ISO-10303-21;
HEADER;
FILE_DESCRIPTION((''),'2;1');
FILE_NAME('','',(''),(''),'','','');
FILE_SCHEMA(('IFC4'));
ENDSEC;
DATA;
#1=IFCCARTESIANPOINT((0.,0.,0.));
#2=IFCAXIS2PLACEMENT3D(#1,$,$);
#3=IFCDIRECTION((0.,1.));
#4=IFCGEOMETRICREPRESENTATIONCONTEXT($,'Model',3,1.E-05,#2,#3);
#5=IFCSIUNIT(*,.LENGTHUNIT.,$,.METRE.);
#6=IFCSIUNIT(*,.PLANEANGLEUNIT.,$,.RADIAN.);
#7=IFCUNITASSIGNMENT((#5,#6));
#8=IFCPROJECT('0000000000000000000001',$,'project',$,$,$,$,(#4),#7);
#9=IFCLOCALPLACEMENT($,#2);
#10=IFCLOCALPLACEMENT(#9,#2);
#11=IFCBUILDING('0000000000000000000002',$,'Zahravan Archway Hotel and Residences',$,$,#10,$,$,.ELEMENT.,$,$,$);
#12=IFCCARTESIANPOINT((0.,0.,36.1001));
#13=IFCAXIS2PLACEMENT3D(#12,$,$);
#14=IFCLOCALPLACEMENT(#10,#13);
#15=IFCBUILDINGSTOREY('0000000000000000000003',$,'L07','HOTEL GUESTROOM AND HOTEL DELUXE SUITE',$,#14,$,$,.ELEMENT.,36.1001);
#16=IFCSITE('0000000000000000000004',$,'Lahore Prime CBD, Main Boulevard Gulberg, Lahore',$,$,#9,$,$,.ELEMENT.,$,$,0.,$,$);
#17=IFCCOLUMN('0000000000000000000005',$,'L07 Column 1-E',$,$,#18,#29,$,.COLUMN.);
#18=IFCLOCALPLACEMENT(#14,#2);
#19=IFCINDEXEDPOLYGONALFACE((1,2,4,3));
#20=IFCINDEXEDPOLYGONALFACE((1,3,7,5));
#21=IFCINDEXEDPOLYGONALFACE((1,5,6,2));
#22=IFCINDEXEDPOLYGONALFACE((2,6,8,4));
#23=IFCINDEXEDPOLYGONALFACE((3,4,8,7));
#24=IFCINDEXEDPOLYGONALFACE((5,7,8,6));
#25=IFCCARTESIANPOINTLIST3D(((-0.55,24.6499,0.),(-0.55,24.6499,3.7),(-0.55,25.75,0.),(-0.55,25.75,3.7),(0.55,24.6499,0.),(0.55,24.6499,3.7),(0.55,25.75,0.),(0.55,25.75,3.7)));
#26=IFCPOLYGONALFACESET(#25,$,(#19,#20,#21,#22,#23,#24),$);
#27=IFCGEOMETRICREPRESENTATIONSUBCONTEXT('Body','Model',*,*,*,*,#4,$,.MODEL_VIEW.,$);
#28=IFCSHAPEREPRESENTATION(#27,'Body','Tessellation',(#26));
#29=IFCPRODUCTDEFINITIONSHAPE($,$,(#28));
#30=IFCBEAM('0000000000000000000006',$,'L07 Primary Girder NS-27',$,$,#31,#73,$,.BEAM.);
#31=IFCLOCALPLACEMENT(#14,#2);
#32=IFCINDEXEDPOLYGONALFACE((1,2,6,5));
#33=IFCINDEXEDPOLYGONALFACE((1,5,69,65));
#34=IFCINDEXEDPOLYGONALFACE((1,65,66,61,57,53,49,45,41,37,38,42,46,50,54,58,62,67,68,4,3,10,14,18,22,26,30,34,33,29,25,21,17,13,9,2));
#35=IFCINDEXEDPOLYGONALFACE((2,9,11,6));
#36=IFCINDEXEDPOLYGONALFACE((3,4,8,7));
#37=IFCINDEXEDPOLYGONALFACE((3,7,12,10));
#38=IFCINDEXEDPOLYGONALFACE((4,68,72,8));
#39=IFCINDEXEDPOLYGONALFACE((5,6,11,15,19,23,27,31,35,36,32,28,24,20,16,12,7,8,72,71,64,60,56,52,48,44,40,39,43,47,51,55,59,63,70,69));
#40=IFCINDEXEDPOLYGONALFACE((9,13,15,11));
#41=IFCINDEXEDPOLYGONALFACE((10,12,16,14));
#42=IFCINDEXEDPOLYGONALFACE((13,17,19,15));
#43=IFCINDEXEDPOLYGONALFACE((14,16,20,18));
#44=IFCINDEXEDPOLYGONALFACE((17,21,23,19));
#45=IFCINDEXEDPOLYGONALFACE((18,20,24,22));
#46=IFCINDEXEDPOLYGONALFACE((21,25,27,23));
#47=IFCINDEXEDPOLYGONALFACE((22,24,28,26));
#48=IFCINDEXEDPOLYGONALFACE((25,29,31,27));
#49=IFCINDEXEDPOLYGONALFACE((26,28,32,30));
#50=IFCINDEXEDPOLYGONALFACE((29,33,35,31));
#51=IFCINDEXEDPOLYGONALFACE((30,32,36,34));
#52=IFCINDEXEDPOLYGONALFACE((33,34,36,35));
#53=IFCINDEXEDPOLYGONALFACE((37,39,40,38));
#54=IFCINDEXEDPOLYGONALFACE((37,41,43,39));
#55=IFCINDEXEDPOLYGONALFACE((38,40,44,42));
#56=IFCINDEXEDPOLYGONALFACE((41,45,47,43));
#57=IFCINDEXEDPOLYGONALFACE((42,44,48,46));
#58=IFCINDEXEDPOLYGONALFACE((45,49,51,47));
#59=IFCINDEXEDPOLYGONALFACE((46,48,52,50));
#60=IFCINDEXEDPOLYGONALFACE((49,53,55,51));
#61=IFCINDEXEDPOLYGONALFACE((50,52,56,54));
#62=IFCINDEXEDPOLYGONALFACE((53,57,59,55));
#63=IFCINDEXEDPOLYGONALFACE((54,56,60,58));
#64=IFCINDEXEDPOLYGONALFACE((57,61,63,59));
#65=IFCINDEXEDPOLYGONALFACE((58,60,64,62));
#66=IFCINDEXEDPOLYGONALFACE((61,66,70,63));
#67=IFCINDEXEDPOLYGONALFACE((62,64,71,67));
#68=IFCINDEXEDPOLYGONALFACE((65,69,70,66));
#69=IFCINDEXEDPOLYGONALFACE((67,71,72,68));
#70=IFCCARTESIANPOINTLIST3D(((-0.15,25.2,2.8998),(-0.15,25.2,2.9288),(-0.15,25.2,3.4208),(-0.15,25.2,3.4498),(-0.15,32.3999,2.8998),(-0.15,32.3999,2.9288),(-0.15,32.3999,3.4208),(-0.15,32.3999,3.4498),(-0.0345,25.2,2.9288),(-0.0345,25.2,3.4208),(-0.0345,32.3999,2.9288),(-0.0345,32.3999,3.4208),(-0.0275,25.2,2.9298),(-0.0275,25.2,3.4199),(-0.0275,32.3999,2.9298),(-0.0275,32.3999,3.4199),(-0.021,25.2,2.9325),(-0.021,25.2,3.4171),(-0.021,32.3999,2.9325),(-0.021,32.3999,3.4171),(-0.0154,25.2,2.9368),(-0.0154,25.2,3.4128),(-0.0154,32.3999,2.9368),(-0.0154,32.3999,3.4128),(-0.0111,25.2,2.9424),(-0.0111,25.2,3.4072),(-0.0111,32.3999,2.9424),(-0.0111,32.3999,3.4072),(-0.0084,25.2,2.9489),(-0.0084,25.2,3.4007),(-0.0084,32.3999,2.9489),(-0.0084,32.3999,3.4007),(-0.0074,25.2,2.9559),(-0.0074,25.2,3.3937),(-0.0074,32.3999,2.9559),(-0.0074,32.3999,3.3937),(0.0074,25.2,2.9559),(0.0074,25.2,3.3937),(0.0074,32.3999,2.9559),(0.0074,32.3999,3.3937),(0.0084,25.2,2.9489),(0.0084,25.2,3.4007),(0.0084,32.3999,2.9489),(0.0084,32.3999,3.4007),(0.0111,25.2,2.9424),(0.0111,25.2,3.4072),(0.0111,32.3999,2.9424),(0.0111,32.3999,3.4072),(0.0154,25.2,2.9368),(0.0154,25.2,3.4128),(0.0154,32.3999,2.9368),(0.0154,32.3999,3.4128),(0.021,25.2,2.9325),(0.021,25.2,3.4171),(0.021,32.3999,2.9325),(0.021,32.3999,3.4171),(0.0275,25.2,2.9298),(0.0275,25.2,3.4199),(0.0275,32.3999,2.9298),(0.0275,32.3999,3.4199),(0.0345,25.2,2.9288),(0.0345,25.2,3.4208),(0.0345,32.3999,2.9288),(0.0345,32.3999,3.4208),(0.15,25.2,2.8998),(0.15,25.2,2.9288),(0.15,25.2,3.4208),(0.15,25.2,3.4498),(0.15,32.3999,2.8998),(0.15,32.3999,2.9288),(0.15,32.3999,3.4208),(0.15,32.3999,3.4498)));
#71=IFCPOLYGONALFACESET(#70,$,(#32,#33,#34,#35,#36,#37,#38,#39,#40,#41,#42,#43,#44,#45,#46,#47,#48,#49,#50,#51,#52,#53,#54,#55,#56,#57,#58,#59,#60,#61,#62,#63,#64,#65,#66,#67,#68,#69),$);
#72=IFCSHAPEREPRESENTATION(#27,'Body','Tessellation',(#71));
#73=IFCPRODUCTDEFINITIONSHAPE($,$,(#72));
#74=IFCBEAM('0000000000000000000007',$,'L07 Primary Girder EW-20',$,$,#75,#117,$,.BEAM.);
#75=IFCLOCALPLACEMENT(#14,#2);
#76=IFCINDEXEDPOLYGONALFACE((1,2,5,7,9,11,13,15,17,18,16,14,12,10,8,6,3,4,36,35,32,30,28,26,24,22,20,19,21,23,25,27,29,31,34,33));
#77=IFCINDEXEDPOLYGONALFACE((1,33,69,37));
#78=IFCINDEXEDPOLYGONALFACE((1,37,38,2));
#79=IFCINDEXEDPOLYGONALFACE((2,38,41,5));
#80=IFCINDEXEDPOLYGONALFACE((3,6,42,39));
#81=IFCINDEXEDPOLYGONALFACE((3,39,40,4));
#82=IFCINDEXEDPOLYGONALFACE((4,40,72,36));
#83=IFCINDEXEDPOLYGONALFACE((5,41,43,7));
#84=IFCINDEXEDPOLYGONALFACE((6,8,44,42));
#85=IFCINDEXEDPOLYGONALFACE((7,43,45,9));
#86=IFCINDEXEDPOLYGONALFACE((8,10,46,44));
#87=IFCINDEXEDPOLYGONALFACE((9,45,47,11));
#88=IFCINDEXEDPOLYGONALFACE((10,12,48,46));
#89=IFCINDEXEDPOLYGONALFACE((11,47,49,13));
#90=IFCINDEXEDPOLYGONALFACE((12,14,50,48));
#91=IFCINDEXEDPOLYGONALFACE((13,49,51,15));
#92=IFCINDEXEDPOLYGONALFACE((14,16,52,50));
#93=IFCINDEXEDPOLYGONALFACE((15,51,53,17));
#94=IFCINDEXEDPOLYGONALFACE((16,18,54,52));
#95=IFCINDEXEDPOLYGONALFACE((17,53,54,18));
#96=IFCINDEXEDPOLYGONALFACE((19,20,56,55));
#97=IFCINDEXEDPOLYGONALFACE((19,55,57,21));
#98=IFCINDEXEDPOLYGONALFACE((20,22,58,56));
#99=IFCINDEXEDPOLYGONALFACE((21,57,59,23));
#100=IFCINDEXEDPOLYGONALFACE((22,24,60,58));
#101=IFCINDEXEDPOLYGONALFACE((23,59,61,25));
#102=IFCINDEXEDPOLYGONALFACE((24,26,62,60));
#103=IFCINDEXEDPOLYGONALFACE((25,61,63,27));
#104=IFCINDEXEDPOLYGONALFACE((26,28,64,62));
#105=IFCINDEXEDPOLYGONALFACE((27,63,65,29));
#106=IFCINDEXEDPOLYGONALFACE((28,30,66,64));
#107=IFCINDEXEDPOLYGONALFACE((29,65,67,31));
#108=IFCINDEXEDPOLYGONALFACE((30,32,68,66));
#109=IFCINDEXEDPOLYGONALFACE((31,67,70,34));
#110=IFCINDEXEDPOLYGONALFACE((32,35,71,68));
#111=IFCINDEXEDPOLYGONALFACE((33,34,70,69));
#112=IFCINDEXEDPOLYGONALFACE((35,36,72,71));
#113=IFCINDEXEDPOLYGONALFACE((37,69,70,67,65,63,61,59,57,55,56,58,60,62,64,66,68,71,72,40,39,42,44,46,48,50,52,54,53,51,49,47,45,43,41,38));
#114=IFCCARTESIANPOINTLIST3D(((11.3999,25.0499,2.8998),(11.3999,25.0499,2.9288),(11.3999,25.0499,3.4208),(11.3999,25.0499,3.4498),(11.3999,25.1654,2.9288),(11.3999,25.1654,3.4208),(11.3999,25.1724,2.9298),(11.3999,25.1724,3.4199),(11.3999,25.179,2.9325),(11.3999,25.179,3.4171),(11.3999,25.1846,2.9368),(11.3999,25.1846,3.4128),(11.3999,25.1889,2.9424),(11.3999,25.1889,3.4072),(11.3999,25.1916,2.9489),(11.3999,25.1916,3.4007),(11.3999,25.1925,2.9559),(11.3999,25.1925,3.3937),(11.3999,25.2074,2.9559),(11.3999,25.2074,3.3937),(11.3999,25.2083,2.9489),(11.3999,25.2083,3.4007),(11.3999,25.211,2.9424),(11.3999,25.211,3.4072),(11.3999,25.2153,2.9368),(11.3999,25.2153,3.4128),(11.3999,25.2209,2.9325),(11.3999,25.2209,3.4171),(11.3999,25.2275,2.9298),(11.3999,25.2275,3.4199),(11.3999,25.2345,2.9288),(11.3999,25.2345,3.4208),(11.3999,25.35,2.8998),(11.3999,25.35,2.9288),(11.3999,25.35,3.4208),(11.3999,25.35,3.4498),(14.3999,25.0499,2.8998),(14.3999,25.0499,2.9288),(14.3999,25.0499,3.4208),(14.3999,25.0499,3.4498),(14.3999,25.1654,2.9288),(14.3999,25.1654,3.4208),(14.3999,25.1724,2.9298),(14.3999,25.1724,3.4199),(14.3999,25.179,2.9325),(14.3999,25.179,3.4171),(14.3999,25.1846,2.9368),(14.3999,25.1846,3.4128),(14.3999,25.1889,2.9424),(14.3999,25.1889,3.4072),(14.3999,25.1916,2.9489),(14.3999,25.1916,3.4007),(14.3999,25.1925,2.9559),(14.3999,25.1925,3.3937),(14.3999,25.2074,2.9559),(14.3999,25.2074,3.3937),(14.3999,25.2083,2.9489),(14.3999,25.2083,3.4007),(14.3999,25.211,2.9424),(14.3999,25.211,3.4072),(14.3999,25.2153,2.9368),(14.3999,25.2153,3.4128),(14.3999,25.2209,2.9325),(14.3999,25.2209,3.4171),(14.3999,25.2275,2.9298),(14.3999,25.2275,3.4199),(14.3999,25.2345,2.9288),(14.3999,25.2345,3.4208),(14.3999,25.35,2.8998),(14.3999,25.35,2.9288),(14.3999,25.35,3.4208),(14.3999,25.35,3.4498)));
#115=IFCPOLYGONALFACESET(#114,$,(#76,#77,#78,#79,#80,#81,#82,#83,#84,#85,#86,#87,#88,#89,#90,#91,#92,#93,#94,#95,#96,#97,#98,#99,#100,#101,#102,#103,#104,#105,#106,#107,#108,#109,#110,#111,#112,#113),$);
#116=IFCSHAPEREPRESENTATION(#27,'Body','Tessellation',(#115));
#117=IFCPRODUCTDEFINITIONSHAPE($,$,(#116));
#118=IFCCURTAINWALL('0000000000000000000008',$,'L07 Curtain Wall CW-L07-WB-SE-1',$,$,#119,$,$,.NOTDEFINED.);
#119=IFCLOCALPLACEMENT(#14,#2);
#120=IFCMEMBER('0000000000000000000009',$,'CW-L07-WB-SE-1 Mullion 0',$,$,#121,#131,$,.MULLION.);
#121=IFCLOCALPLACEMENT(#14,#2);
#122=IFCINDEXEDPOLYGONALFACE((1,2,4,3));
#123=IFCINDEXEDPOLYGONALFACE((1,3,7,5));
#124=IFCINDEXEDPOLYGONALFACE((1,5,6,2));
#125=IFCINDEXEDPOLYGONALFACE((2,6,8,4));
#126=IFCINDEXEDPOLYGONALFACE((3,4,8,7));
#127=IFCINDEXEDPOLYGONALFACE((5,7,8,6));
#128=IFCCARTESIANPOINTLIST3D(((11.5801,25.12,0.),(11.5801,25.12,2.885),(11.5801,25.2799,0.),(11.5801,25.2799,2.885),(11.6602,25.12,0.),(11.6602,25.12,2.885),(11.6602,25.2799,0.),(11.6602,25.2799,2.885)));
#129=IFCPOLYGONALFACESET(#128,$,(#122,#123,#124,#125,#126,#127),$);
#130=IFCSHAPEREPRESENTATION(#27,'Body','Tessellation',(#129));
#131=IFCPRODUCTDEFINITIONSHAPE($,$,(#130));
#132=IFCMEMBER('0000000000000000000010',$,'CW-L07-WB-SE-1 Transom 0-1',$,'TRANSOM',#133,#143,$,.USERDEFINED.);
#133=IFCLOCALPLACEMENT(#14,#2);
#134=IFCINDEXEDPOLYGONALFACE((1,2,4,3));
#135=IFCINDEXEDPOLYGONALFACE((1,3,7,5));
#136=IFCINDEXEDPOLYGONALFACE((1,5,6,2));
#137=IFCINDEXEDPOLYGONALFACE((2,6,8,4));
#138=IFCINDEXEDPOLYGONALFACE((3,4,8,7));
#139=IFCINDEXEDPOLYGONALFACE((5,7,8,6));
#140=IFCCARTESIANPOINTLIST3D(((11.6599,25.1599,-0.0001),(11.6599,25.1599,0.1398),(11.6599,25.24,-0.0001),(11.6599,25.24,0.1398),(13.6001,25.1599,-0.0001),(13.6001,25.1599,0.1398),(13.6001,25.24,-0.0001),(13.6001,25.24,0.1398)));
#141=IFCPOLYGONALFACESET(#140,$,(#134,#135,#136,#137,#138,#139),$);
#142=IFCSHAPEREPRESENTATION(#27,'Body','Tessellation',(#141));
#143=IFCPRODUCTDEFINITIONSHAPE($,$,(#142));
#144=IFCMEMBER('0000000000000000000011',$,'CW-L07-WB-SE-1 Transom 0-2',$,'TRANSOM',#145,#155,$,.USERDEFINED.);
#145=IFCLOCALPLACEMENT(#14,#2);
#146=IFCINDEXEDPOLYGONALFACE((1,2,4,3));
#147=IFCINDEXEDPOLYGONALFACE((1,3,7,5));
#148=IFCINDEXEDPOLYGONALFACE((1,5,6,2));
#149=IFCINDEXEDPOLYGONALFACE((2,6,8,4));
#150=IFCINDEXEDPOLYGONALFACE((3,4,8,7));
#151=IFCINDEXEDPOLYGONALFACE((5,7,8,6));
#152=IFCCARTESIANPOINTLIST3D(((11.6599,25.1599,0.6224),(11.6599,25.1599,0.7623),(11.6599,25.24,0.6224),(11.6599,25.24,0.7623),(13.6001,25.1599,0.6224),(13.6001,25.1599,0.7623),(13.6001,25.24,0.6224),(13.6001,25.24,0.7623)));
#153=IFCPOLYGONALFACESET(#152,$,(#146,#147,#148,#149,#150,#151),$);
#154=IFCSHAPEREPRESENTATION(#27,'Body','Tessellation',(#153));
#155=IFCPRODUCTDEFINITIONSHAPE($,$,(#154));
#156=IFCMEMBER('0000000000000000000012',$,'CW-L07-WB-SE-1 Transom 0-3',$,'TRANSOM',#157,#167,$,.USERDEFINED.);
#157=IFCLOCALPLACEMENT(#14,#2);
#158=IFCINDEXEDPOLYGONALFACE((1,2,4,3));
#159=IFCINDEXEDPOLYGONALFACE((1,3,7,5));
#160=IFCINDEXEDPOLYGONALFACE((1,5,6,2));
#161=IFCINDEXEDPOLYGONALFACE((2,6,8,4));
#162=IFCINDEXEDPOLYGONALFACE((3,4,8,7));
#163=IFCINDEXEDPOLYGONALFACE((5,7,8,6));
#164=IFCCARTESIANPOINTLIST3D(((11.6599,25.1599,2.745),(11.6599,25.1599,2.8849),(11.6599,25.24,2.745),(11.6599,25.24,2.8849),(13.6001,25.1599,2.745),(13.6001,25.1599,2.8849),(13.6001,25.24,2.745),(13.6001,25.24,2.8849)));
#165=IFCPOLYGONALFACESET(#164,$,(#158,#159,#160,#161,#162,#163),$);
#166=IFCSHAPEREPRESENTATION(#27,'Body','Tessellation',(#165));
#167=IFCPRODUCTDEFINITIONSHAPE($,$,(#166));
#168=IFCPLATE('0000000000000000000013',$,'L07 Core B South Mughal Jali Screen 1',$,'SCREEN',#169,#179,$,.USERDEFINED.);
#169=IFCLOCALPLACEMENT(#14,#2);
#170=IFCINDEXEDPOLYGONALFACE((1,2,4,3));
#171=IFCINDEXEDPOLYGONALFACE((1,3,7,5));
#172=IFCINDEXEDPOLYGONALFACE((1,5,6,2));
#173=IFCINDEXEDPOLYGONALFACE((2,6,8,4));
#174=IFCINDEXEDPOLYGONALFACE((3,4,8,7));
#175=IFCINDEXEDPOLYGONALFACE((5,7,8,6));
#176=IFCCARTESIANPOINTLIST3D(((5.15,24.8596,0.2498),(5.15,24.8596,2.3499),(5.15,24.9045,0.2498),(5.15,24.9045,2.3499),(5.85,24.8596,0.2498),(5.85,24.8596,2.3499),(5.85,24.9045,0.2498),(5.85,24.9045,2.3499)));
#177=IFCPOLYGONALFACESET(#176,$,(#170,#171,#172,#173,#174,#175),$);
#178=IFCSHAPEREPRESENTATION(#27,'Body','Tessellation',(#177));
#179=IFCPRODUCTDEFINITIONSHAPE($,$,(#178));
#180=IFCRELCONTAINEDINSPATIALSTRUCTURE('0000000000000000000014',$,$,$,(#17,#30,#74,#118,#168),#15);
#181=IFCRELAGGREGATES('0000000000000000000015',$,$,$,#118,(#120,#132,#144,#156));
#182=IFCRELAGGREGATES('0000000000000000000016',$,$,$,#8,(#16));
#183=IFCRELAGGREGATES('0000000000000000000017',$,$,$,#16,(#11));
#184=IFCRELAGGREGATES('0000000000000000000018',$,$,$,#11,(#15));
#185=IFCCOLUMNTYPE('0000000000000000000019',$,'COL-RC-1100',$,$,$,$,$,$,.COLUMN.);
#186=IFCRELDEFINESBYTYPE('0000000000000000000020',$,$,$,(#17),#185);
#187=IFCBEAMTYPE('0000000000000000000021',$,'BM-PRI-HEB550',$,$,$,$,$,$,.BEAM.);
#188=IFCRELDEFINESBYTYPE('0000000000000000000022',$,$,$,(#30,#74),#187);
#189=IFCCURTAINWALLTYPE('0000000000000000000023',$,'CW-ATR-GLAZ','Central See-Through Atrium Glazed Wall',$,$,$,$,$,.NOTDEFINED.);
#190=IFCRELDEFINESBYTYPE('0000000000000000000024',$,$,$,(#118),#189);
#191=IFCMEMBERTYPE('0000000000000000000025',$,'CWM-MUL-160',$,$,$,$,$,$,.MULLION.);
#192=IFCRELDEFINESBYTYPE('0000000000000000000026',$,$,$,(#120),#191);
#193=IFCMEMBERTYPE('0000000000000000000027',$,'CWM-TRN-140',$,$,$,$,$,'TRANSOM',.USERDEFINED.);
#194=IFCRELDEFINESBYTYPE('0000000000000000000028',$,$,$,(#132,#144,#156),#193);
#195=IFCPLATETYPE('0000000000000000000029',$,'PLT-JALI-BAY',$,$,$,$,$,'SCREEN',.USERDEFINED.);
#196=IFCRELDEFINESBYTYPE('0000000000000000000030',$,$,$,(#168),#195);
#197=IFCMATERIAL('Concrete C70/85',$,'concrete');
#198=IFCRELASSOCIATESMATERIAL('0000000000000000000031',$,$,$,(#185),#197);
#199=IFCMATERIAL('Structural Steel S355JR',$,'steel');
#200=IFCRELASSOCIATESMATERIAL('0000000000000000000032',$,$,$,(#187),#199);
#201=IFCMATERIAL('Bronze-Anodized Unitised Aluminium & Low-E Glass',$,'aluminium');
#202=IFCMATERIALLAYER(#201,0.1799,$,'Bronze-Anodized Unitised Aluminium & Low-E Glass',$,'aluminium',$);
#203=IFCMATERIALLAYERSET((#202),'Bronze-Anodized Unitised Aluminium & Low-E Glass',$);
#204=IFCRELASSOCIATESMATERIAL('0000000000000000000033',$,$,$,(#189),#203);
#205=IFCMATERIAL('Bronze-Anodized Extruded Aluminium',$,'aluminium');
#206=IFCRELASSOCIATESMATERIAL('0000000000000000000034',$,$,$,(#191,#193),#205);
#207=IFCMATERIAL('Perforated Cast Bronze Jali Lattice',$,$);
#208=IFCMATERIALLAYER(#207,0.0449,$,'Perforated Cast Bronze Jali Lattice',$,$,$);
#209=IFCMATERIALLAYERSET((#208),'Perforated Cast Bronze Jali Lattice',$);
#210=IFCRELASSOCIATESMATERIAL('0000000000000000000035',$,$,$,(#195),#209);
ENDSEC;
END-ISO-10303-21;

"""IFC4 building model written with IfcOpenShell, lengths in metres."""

from ifc_helpers import new_model, si_unit, direction, frame, origin, origin_2d, place, context, subcontext, project, spatial, rectangle, i_section, extrude, source, transform, mapped, material, layer, layer_set, material_profile, profile_set, type_object, type_shapes, element, aggregate, save


model = new_model("IFC4")

# Units and contexts
model_context = context("Model", 3, precision=1e-05, world=origin(), true_north=direction((0.0, 1.0)))
body_context = subcontext(model_context, "Body", "Model", "MODEL_VIEW")
ifc_project = project(units=[si_unit("LENGTHUNIT", "METRE"), si_unit("PLANEANGLEUNIT", "RADIAN")], contexts=[model_context])

# Site, building, storey
site_placement = place(None, origin())
site = spatial("IfcSite", under=ifc_project, at=site_placement, Name="Lahore Prime CBD, Main Boulevard Gulberg, Lahore", CompositionType="ELEMENT", RefElevation=0.0)
building_placement = place(site_placement, origin())
building = spatial("IfcBuilding", under=site, at=building_placement, Name="Zahravan Archway Hotel and Residences", CompositionType="ELEMENT")
storey_placement = place(building_placement, frame((0.0, 0.0, 36.1001)))
storey = spatial("IfcBuildingStorey", under=building, at=storey_placement, Name="L07", Description="HOTEL GUESTROOM AND HOTEL DELUXE SUITE", CompositionType="ELEMENT", Elevation=36.1001)

# Column
ifc_material_1 = material(Name="Concrete C70/85", Category="concrete")
ifc_material_profile_1 = material_profile(ifc_material_1, rectangle(XDim=1.1001, YDim=1.1001, at=origin_2d()), Name="RC 1100x1100", Category="concrete")
ifc_profile_set_1 = profile_set([ifc_material_profile_1], Name="Concrete C70/85")
column_type = type_object("IfcColumnType", Name="COL-RC-1100", PredefinedType="COLUMN", material=ifc_profile_set_1)
shared_shape_1 = source(origin(), body_context, "Body", "SweptSolid", [
    extrude(rectangle(XDim=1.1001, YDim=1.1001, at=origin_2d()), origin(), (0.0, 0.0, 1.0), 3.7),
])
column_placement = place(storey_placement, frame((0.0, 25.2, 0.0), z_axis=(0.0, 0.0, 1.0), x_axis=(1.0, 0.0, 0.0)))
element("IfcColumn", 1, at=column_placement, inside=storey, type_object=column_type, Name="L07 Column 1-E", PredefinedType="COLUMN", context=body_context, shape_type="MappedRepresentation", body=[
    mapped(shared_shape_1, transform((0.0, 0.0, 0.0), scale=1.0)),
])

# Beams
ifc_material_2 = material(Name="Structural Steel S355JR", Category="steel")
ifc_material_profile_2 = material_profile(ifc_material_2, i_section(OverallWidth=0.3, OverallDepth=0.55, WebThickness=0.0149, FlangeThickness=0.0291, FilletRadius=0.0271, at=origin_2d()), Name="HEB 550", Category="steel")
ifc_profile_set_2 = profile_set([ifc_material_profile_2], Name="Structural Steel S355JR")
beam_type = type_object("IfcBeamType", Name="BM-PRI-HEB550", PredefinedType="BEAM", material=ifc_profile_set_2)
shared_shape_2 = source(origin(), body_context, "Body", "SweptSolid", [
    extrude(i_section(OverallWidth=0.3, OverallDepth=0.55, WebThickness=0.0149, FlangeThickness=0.0291, FilletRadius=0.0271, at=origin_2d()), origin(), (0.0, 0.0, 1.0), 7.2),
])
beam_1_placement = place(storey_placement, frame((0.0, 25.2, 3.1748), z_axis=(0.0, 1.0, 0.0), x_axis=(-1.0, 0.0, 0.0)))
element("IfcBeam", 2, at=beam_1_placement, inside=storey, type_object=beam_type, Name="L07 Primary Girder NS-27", PredefinedType="BEAM", context=body_context, shape_type="MappedRepresentation", body=[
    mapped(shared_shape_2, transform((0.0, 0.0, 0.0), scale=1.0)),
])
shared_shape_3 = source(origin(), body_context, "Body", "SweptSolid", [
    extrude(i_section(OverallWidth=0.3, OverallDepth=0.55, WebThickness=0.0149, FlangeThickness=0.0291, FilletRadius=0.0271, at=origin_2d()), origin(), (0.0, 0.0, 1.0), 3.0),
])
beam_2_placement = place(storey_placement, frame((11.3999, 25.2, 3.1748), z_axis=(1.0, 0.0, 0.0), x_axis=(0.0, 1.0, 0.0)))
element("IfcBeam", 3, at=beam_2_placement, inside=storey, type_object=beam_type, Name="L07 Primary Girder EW-20", PredefinedType="BEAM", context=body_context, shape_type="MappedRepresentation", body=[
    mapped(shared_shape_3, transform((0.0, 0.0, 0.0), scale=1.0)),
])

# Curtain wall, members
ifc_material_3 = material(Name="Bronze-Anodized Unitised Aluminium & Low-E Glass", Category="aluminium")
ifc_layer_1 = layer(ifc_material_3, 0.1799, Name="Bronze-Anodized Unitised Aluminium & Low-E Glass", Category="aluminium")
ifc_layer_set_1 = layer_set([ifc_layer_1], Name="Bronze-Anodized Unitised Aluminium & Low-E Glass")
curtain_wall_type = type_object("IfcCurtainWallType", Name="CW-ATR-GLAZ", Description="Central See-Through Atrium Glazed Wall", PredefinedType="NOTDEFINED", material=ifc_layer_set_1)
curtain_wall_placement = place(storey_placement, origin())
curtain_wall = element("IfcCurtainWall", 4, at=curtain_wall_placement, inside=storey, type_object=curtain_wall_type, Name="L07 Curtain Wall CW-L07-WB-SE-1", PredefinedType="NOTDEFINED")
ifc_material_4 = material(Name="Bronze-Anodized Extruded Aluminium", Category="aluminium")
ifc_material_profile_3 = material_profile(ifc_material_4, rectangle(XDim=0.0801, YDim=0.1599, at=origin_2d()), Name="MUL 80x160", Category="aluminium")
ifc_profile_set_3 = profile_set([ifc_material_profile_3], Name="Bronze-Anodized Extruded Aluminium")
member_type_1 = type_object("IfcMemberType", Name="CWM-MUL-160", PredefinedType="MULLION", material=ifc_profile_set_3)
shared_shape_4 = source(origin(), body_context, "Body", "SweptSolid", [
    extrude(rectangle(XDim=0.0801, YDim=0.1599, at=origin_2d()), origin(), (0.0, 0.0, 1.0), 2.885),
])
member_1_placement = place(storey_placement, frame((11.6201, 25.2, 0.0), z_axis=(0.0, 0.0, 1.0), x_axis=(1.0, 0.0, 0.0)))
member_1 = element("IfcMember", 5, at=member_1_placement, type_object=member_type_1, Name="CW-L07-WB-SE-1 Mullion 0", PredefinedType="MULLION", context=body_context, shape_type="MappedRepresentation", body=[
    mapped(shared_shape_4, transform((0.0, 0.0, 0.0), scale=1.0)),
])
ifc_material_profile_4 = material_profile(ifc_material_4, rectangle(XDim=0.0801, YDim=0.1399, at=origin_2d()), Name="TRN 80x140", Category="aluminium")
ifc_profile_set_4 = profile_set([ifc_material_profile_4], Name="Bronze-Anodized Extruded Aluminium")
member_type_2 = type_object("IfcMemberType", Name="CWM-TRN-140", ElementType="TRANSOM", PredefinedType="USERDEFINED", material=ifc_profile_set_4)
shared_shape_5 = source(origin(), body_context, "Body", "SweptSolid", [
    extrude(rectangle(XDim=0.0801, YDim=0.1399, at=origin_2d()), origin(), (0.0, 0.0, 1.0), 1.9402),
])
member_2_placement = place(storey_placement, frame((11.6599, 25.2, 0.0698), z_axis=(1.0, 0.0, 0.0), x_axis=(0.0, 1.0, 0.0)))
member_2 = element("IfcMember", 6, at=member_2_placement, type_object=member_type_2, Name="CW-L07-WB-SE-1 Transom 0-1", ObjectType="TRANSOM", PredefinedType="USERDEFINED", context=body_context, shape_type="MappedRepresentation", body=[
    mapped(shared_shape_5, transform((0.0, 0.0, 0.0), scale=1.0)),
])
member_3_placement = place(storey_placement, frame((11.6599, 25.2, 0.6924), z_axis=(1.0, 0.0, 0.0), x_axis=(0.0, 1.0, 0.0)))
member_3 = element("IfcMember", 7, at=member_3_placement, type_object=member_type_2, Name="CW-L07-WB-SE-1 Transom 0-2", ObjectType="TRANSOM", PredefinedType="USERDEFINED", context=body_context, shape_type="MappedRepresentation", body=[
    mapped(shared_shape_5, transform((0.0, 0.0, 0.0), scale=1.0)),
])
member_4_placement = place(storey_placement, frame((11.6599, 25.2, 2.8149), z_axis=(1.0, 0.0, 0.0), x_axis=(0.0, 1.0, 0.0)))
member_4 = element("IfcMember", 8, at=member_4_placement, type_object=member_type_2, Name="CW-L07-WB-SE-1 Transom 0-3", ObjectType="TRANSOM", PredefinedType="USERDEFINED", context=body_context, shape_type="MappedRepresentation", body=[
    mapped(shared_shape_5, transform((0.0, 0.0, 0.0), scale=1.0)),
])

# Plate
ifc_material_5 = material(Name="Perforated Cast Bronze Jali Lattice")
ifc_layer_2 = layer(ifc_material_5, 0.0449, Name="Perforated Cast Bronze Jali Lattice")
ifc_layer_set_2 = layer_set([ifc_layer_2], Name="Perforated Cast Bronze Jali Lattice")
plate_type_1 = type_object("IfcPlateType", Name="PLT-JALI-BAY", ElementType="SCREEN", PredefinedType="USERDEFINED", material=ifc_layer_set_2)
shared_shape_6 = source(origin(), body_context, "Body", "SweptSolid", [
    extrude(rectangle(XDim=0.7, YDim=0.0449, at=origin_2d()), origin(), (0.0, 0.0, 1.0), 2.1001),
])
type_shapes(plate_type_1, [shared_shape_6])
for number, where, z_axis, x_axis, name in (
    (9, (5.5, 24.8821, 0.2498), (0.0, 0.0, 1.0), (1.0, 0.0, 0.0), "L07 Core B South Mughal Jali Screen 1"),
):
    element("IfcPlate", number, at=place(storey_placement, frame(where, z_axis=z_axis, x_axis=x_axis)), inside=storey, type_object=plate_type_1, Name=name, ObjectType="SCREEN", PredefinedType="USERDEFINED", context=body_context, shape_type="MappedRepresentation", body=[
        mapped(shared_shape_6, transform((0.0, 0.0, 0.0), scale=1.0)),
    ])

aggregate(curtain_wall, [member_1, member_2, member_3, member_4])

save(model, "model.ifc")
